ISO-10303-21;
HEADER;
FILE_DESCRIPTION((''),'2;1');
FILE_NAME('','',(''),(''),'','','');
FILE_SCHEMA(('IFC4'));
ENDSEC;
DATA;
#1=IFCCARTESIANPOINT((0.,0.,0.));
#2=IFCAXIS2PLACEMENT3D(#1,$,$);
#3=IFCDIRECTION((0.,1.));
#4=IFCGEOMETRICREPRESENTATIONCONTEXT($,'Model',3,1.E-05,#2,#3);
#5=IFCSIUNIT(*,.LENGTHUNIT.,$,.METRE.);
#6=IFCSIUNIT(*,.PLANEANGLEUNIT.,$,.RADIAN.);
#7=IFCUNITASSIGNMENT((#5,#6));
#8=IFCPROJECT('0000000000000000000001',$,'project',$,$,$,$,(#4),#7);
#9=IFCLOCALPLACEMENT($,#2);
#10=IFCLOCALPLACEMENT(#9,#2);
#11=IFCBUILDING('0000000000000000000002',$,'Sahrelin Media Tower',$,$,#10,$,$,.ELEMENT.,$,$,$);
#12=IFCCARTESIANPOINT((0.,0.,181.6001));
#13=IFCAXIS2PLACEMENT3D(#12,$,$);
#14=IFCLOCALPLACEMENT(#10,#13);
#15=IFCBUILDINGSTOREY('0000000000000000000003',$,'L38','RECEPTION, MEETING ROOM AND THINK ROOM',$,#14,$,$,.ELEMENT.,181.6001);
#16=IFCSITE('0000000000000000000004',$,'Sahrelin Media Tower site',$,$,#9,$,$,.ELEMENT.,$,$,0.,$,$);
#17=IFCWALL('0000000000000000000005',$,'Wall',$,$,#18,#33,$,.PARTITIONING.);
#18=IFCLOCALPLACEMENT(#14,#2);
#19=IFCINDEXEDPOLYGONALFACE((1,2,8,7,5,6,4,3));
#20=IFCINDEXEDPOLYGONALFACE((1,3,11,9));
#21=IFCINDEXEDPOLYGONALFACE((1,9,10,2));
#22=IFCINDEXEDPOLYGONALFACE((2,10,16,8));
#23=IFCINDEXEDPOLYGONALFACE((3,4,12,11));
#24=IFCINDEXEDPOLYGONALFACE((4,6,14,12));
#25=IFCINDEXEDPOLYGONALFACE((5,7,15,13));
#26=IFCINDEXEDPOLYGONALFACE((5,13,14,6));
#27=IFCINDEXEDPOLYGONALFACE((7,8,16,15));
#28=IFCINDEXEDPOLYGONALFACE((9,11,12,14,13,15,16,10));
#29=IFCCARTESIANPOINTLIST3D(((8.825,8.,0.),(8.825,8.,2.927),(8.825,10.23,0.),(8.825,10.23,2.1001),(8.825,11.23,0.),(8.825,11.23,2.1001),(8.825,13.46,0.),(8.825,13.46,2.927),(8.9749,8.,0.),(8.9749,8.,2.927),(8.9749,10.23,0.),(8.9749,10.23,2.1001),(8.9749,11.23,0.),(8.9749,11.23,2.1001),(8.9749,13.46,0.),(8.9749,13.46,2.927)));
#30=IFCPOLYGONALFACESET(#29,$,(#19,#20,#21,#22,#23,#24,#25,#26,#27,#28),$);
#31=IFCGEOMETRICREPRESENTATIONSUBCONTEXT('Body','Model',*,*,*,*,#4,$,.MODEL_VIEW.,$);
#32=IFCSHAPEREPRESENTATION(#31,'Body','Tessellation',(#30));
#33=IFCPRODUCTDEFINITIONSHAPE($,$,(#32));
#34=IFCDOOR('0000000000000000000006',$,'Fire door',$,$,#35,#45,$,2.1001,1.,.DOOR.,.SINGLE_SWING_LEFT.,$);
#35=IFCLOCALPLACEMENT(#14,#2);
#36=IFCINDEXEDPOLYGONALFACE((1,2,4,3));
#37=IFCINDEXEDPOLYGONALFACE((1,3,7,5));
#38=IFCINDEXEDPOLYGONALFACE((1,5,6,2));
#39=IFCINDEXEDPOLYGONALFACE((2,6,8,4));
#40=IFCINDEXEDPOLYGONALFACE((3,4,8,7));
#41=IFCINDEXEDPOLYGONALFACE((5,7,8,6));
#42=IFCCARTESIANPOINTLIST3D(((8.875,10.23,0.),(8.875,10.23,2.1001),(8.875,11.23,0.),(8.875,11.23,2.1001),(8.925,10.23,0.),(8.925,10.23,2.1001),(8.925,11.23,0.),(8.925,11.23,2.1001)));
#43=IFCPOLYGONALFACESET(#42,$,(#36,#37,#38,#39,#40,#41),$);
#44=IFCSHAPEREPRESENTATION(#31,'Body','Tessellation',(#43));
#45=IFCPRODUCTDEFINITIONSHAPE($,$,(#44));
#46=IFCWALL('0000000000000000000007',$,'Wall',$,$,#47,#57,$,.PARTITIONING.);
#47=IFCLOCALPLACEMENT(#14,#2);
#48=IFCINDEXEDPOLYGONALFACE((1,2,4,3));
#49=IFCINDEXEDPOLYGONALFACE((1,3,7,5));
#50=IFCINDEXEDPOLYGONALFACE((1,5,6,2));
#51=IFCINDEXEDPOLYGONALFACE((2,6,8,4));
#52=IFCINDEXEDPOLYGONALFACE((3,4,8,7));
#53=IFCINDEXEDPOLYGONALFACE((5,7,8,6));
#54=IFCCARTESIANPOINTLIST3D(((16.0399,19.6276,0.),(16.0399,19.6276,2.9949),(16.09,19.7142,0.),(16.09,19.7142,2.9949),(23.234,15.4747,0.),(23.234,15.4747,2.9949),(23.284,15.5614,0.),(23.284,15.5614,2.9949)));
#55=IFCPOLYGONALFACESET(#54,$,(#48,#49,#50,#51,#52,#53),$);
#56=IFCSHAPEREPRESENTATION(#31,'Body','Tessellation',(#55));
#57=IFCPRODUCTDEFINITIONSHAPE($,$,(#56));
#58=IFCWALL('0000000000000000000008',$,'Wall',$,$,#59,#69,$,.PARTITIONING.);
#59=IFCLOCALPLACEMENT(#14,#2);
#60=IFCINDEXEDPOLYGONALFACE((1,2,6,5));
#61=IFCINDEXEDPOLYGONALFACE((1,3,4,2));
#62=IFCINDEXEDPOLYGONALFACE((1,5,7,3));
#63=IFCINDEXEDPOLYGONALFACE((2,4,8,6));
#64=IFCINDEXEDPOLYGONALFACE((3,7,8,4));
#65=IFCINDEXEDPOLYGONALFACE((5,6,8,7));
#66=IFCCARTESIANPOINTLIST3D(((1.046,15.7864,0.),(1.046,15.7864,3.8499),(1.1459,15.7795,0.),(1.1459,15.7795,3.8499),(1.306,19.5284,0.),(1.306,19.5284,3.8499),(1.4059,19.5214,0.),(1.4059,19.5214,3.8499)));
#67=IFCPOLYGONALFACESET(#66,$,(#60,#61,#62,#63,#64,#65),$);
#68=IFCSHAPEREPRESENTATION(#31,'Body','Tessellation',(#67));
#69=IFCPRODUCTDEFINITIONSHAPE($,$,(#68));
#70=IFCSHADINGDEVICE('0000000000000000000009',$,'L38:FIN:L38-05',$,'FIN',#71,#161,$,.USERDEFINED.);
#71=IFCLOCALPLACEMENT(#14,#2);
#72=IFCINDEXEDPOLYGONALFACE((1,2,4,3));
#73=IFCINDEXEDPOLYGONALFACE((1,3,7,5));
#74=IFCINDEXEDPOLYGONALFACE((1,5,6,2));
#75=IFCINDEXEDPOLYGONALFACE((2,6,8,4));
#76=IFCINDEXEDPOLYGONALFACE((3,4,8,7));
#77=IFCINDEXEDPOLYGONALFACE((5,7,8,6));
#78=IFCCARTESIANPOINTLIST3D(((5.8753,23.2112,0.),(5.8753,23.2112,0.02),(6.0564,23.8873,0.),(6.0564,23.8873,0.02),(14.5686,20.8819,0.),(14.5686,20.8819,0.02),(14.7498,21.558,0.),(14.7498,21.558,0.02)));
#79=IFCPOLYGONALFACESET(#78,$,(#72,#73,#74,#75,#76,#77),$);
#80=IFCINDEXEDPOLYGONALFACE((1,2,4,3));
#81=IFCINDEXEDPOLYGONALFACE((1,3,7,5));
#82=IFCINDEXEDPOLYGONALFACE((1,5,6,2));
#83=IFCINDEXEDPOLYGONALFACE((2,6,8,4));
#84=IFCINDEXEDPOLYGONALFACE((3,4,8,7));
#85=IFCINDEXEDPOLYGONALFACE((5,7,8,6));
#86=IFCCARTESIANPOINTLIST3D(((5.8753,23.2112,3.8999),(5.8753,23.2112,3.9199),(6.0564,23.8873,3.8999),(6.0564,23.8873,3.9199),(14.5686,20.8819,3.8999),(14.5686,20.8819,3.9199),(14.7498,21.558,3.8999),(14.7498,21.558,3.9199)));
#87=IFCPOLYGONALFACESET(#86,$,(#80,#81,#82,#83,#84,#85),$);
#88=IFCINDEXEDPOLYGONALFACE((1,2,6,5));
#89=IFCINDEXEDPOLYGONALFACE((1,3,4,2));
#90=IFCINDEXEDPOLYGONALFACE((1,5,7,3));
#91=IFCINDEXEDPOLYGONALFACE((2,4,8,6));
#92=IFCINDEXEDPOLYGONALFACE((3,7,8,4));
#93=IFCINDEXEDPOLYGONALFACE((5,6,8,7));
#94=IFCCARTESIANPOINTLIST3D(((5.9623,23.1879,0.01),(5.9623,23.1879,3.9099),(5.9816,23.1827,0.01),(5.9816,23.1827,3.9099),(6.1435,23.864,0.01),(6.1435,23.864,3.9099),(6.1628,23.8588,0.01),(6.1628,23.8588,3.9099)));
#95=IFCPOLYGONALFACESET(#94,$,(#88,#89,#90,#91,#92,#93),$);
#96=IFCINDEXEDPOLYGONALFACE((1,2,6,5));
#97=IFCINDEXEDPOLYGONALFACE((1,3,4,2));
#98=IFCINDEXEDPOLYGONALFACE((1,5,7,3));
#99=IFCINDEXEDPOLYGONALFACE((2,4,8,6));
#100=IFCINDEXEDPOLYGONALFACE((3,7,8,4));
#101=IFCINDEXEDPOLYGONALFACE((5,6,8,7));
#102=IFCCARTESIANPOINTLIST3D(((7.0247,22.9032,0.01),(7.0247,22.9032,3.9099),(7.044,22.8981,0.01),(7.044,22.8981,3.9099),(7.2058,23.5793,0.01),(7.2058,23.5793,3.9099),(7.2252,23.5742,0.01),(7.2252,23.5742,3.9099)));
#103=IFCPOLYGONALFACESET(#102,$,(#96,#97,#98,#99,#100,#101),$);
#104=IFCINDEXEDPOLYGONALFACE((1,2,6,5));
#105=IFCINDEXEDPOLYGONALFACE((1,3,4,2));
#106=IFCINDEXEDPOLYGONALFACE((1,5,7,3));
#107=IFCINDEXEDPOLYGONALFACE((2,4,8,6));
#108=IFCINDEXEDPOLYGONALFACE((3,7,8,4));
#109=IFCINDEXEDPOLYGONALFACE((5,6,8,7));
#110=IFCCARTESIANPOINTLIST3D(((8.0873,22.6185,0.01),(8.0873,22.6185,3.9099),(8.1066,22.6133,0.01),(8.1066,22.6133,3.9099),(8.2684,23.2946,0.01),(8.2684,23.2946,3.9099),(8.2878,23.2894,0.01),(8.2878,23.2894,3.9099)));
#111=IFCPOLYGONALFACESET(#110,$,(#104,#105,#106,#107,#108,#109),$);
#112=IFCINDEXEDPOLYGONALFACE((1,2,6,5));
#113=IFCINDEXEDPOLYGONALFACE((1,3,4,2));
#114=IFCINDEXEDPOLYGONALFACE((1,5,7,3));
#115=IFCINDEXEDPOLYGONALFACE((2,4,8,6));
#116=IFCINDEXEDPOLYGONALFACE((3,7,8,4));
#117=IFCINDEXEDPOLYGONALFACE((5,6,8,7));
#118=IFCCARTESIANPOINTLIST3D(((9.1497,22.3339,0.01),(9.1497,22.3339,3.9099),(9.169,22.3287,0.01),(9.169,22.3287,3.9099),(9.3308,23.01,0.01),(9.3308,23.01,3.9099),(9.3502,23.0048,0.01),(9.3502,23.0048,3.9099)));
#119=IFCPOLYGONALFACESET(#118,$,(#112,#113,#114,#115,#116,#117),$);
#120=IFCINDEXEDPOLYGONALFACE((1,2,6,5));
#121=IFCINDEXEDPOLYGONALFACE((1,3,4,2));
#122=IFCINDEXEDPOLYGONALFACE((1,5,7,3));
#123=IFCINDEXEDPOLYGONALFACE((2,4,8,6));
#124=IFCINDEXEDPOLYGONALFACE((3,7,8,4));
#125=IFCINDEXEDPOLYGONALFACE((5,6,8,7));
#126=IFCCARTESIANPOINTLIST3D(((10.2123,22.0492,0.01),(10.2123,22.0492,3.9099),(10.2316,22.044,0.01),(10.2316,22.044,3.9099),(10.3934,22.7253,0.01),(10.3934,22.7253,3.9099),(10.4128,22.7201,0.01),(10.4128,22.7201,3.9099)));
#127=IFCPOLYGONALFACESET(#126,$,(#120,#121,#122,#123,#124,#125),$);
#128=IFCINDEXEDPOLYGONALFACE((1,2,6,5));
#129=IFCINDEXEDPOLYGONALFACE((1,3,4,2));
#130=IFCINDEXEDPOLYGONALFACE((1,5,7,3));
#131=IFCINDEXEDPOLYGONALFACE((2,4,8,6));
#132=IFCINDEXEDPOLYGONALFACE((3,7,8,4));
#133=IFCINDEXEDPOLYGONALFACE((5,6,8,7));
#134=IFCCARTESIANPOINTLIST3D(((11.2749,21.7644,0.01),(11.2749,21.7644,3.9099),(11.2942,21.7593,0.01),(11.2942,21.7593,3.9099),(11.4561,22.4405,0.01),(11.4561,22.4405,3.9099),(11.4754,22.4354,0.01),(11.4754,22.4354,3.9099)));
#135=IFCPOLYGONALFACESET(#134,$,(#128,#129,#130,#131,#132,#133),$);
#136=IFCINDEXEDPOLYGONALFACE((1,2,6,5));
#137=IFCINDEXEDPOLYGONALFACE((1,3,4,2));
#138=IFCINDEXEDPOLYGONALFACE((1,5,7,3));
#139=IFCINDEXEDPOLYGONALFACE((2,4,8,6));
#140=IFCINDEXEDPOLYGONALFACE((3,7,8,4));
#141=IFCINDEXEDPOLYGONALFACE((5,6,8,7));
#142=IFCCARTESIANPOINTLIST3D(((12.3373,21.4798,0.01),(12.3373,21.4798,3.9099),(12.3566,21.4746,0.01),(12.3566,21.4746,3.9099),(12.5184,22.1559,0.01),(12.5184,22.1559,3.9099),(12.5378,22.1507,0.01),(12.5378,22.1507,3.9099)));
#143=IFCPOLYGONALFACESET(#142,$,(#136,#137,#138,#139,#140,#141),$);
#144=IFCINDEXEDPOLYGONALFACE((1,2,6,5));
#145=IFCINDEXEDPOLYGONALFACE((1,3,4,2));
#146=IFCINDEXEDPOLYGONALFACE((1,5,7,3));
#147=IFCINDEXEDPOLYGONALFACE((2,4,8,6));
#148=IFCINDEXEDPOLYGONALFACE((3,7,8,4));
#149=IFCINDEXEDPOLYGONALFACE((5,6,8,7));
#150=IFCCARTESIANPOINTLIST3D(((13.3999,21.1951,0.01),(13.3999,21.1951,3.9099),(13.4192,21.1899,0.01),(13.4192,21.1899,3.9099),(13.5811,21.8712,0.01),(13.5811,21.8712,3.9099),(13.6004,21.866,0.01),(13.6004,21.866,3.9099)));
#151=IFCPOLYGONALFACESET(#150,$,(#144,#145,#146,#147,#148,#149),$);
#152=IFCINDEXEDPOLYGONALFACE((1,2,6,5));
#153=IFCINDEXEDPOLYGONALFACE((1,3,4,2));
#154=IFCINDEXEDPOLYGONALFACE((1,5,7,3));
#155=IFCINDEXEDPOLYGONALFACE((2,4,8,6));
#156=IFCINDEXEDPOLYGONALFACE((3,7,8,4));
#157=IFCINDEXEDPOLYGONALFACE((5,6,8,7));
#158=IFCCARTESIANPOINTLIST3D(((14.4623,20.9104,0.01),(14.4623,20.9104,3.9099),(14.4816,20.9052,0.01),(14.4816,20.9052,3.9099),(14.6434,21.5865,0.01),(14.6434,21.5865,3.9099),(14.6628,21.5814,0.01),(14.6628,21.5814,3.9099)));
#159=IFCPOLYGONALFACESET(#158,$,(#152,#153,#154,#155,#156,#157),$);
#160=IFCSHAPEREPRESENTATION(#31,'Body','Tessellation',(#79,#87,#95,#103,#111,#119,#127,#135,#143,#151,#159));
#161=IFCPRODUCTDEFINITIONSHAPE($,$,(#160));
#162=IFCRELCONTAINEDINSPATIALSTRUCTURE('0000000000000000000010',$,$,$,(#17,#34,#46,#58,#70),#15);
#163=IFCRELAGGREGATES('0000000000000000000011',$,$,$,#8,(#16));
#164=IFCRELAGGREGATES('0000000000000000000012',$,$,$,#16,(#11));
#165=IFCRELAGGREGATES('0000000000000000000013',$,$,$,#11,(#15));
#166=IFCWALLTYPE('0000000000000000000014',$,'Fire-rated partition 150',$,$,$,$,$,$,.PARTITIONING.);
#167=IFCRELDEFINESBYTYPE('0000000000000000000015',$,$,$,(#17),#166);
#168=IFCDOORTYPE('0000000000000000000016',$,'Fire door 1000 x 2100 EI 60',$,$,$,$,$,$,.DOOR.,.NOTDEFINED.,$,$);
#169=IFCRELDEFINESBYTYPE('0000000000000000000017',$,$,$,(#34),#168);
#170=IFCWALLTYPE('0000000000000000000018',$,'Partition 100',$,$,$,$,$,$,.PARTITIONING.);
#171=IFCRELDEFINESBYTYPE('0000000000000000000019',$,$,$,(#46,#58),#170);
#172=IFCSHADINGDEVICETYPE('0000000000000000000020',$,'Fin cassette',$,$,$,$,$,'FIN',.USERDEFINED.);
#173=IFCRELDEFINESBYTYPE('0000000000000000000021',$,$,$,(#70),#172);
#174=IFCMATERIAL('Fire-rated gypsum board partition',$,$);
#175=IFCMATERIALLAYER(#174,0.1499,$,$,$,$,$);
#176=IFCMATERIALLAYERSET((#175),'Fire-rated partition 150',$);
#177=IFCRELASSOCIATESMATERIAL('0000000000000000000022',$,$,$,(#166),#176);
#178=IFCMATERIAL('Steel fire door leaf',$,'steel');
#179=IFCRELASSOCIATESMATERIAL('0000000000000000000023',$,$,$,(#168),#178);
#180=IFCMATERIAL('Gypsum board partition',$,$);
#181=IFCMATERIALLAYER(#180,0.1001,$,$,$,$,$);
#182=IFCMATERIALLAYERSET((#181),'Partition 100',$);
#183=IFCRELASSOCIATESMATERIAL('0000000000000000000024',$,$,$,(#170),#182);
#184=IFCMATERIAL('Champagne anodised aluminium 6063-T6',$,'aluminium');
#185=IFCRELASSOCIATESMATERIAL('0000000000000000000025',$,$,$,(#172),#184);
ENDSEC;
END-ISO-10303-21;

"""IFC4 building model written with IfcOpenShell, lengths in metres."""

from ifc_helpers import new_model, si_unit, direction, frame, frame_2d, origin, origin_2d, place, context, subcontext, project, spatial, rectangle, extrude, material, layer, layer_set, type_object, element, fill, save


model = new_model("IFC4")

# Units and contexts
model_context = context("Model", 3, precision=1e-05, world=origin(), true_north=direction((0.0, 1.0)))
body_context = subcontext(model_context, "Body", "Model", "MODEL_VIEW")
ifc_project = project(units=[si_unit("LENGTHUNIT", "METRE"), si_unit("PLANEANGLEUNIT", "RADIAN")], contexts=[model_context])

# Site, building, storey
site_placement = place(None, origin())
site = spatial("IfcSite", under=ifc_project, at=site_placement, Name="Sahrelin Media Tower site", CompositionType="ELEMENT", RefElevation=0.0)
building_placement = place(site_placement, origin())
building = spatial("IfcBuilding", under=site, at=building_placement, Name="Sahrelin Media Tower", CompositionType="ELEMENT")
storey_placement = place(building_placement, frame((0.0, 0.0, 181.6001)))
storey = spatial("IfcBuildingStorey", under=building, at=storey_placement, Name="L38", Description="RECEPTION, MEETING ROOM AND THINK ROOM", CompositionType="ELEMENT", Elevation=181.6001)

# Shared definitions
ifc_material_1 = material(Name="Champagne anodised aluminium 6063-T6", Category="aluminium")

# Shared definitions
ifc_material_2 = material(Name="Fire-rated gypsum board partition")
ifc_layer_1 = layer(ifc_material_2, 0.1499)
ifc_layer_set_1 = layer_set([ifc_layer_1], Name="Fire-rated partition 150")
wall_type_1 = type_object("IfcWallType", Name="Fire-rated partition 150", PredefinedType="PARTITIONING", material=ifc_layer_set_1)
ifc_material_3 = material(Name="Steel fire door leaf", Category="steel")
door_type = type_object("IfcDoorType", Name="Fire door 1000 x 2100 EI 60", OperationType="NOTDEFINED", PredefinedType="DOOR", material=ifc_material_3)

# Wall, opening, door
wall_1_placement = place(storey_placement, frame((8.8999, 8.0, 0.0), z_axis=(0.0, 0.0, 1.0), x_axis=(0.0, 1.0, 0.0)))
wall_1 = element("IfcWall", 1, at=wall_1_placement, inside=storey, type_object=wall_type_1, Name="Wall", PredefinedType="PARTITIONING", context=body_context, shape_type="SweptSolid", body=[
    extrude(rectangle(XDim=5.46, YDim=0.1499, at=frame_2d((2.73, 0.0))), origin(), (0.0, 0.0, 1.0), 2.927),
])
opening_1_placement = place(wall_1_placement, frame((2.23, 0.0, 0.0)))
opening_1 = element("IfcOpeningElement", 2, at=opening_1_placement, cuts=wall_1, PredefinedType="OPENING", context=body_context, shape_type="SweptSolid", body=[
    extrude(rectangle(XDim=1.0, YDim=2.1001, at=frame_2d((0.5, 1.05))), frame((0.0, 0.075, 0.0), z_axis=(0.0, -1.0, 0.0), x_axis=(1.0, 0.0, 0.0)), (0.0, 0.0, 1.0), 0.1499),
])
door_1_placement = place(opening_1_placement, origin())
door_1 = element("IfcDoor", 3, at=door_1_placement, inside=storey, type_object=door_type, Name="Fire door", OperationType="SINGLE_SWING_LEFT", OverallHeight=2.1001, OverallWidth=1.0, PredefinedType="DOOR", context=body_context, shape_type="SweptSolid", body=[
    extrude(rectangle(XDim=1.0, YDim=2.1001, at=frame_2d((0.5, 1.05))), frame((0.0, 0.0249, 0.0), z_axis=(0.0, -1.0, 0.0), x_axis=(1.0, 0.0, 0.0)), (0.0, 0.0, 1.0), 0.05),
])
fill(opening_1, door_1)

# Walls
ifc_material_4 = material(Name="Gypsum board partition")
ifc_layer_2 = layer(ifc_material_4, 0.1001)
ifc_layer_set_2 = layer_set([ifc_layer_2], Name="Partition 100")
wall_type_2 = type_object("IfcWallType", Name="Partition 100", PredefinedType="PARTITIONING", material=ifc_layer_set_2)
wall_2_placement = place(storey_placement, frame((16.0649, 19.6709, 0.0), z_axis=(0.0, 0.0, 1.0), x_axis=(0.866061, -0.499939, 0.0)))
element("IfcWall", 4, at=wall_2_placement, inside=storey, type_object=wall_type_2, Name="Wall", PredefinedType="PARTITIONING", context=body_context, shape_type="SweptSolid", body=[
    extrude(rectangle(XDim=8.3066, YDim=0.1001, at=frame_2d((4.1533, 0.0))), origin(), (0.0, 0.0, 1.0), 2.9949),
])
wall_3_placement = place(storey_placement, frame((1.0959, 15.783, 0.0), z_axis=(0.0, 0.0, 1.0), x_axis=(0.069318, 0.997595, 0.0)))
element("IfcWall", 5, at=wall_3_placement, inside=storey, type_object=wall_type_2, Name="Wall", PredefinedType="PARTITIONING", context=body_context, shape_type="SweptSolid", body=[
    extrude(rectangle(XDim=3.751, YDim=0.1001, at=frame_2d((1.8755, 0.0))), origin(), (0.0, 0.0, 1.0), 3.8499),
])

# Shading device
shading_device_type_1 = type_object("IfcShadingDeviceType", Name="Fin cassette", ElementType="FIN", PredefinedType="USERDEFINED", material=ifc_material_1)
placement_1 = place(storey_placement, frame((10.2039, 21.979, 0.0), z_axis=(0.0, 0.0, 1.0), x_axis=(0.965929, -0.258808, 0.0)))
element("IfcShadingDevice", 6, at=placement_1, inside=storey, type_object=shading_device_type_1, Name="L38:FIN:L38-05", ObjectType="FIN", PredefinedType="USERDEFINED", context=body_context, shape_type="SweptSolid", body=[
    extrude(rectangle(XDim=9.0, YDim=0.7, at=origin_2d()), frame((0.0, 0.4199, 0.0)), (0.0, 0.0, 1.0), 0.02),
    extrude(rectangle(XDim=9.0, YDim=0.7, at=origin_2d()), frame((0.0, 0.4199, 3.8999)), (0.0, 0.0, 1.0), 0.02),
    extrude(rectangle(XDim=0.02, YDim=0.7, at=origin_2d()), frame((-4.3999, 0.4199, 0.01), z_axis=(0.0, 0.0, 1.0), x_axis=(1.0, 0.0, 0.0)), (0.0, 0.0, 1.0), 3.8999),
    extrude(rectangle(XDim=0.02, YDim=0.7, at=origin_2d()), frame((-3.3, 0.4199, 0.01), z_axis=(0.0, 0.0, 1.0), x_axis=(1.0, 0.0, 0.0)), (0.0, 0.0, 1.0), 3.8999),
    extrude(rectangle(XDim=0.02, YDim=0.7, at=origin_2d()), frame((-2.2, 0.4199, 0.01), z_axis=(0.0, 0.0, 1.0), x_axis=(1.0, 0.0, 0.0)), (0.0, 0.0, 1.0), 3.8999),
    extrude(rectangle(XDim=0.02, YDim=0.7, at=origin_2d()), frame((-1.1001, 0.4199, 0.01), z_axis=(0.0, 0.0, 1.0), x_axis=(1.0, 0.0, 0.0)), (0.0, 0.0, 1.0), 3.8999),
    extrude(rectangle(XDim=0.02, YDim=0.7, at=origin_2d()), frame((0.0, 0.4199, 0.01), z_axis=(0.0, 0.0, 1.0), x_axis=(1.0, 0.0, 0.0)), (0.0, 0.0, 1.0), 3.8999),
    extrude(rectangle(XDim=0.02, YDim=0.7, at=origin_2d()), frame((1.1001, 0.4199, 0.01), z_axis=(0.0, 0.0, 1.0), x_axis=(1.0, 0.0, 0.0)), (0.0, 0.0, 1.0), 3.8999),
    extrude(rectangle(XDim=0.02, YDim=0.7, at=origin_2d()), frame((2.2, 0.4199, 0.01), z_axis=(0.0, 0.0, 1.0), x_axis=(1.0, 0.0, 0.0)), (0.0, 0.0, 1.0), 3.8999),
    extrude(rectangle(XDim=0.02, YDim=0.7, at=origin_2d()), frame((3.3, 0.4199, 0.01), z_axis=(0.0, 0.0, 1.0), x_axis=(1.0, 0.0, 0.0)), (0.0, 0.0, 1.0), 3.8999),
    extrude(rectangle(XDim=0.02, YDim=0.7, at=origin_2d()), frame((4.3999, 0.4199, 0.01), z_axis=(0.0, 0.0, 1.0), x_axis=(1.0, 0.0, 0.0)), (0.0, 0.0, 1.0), 3.8999),
])

save(model, "model.ifc")
